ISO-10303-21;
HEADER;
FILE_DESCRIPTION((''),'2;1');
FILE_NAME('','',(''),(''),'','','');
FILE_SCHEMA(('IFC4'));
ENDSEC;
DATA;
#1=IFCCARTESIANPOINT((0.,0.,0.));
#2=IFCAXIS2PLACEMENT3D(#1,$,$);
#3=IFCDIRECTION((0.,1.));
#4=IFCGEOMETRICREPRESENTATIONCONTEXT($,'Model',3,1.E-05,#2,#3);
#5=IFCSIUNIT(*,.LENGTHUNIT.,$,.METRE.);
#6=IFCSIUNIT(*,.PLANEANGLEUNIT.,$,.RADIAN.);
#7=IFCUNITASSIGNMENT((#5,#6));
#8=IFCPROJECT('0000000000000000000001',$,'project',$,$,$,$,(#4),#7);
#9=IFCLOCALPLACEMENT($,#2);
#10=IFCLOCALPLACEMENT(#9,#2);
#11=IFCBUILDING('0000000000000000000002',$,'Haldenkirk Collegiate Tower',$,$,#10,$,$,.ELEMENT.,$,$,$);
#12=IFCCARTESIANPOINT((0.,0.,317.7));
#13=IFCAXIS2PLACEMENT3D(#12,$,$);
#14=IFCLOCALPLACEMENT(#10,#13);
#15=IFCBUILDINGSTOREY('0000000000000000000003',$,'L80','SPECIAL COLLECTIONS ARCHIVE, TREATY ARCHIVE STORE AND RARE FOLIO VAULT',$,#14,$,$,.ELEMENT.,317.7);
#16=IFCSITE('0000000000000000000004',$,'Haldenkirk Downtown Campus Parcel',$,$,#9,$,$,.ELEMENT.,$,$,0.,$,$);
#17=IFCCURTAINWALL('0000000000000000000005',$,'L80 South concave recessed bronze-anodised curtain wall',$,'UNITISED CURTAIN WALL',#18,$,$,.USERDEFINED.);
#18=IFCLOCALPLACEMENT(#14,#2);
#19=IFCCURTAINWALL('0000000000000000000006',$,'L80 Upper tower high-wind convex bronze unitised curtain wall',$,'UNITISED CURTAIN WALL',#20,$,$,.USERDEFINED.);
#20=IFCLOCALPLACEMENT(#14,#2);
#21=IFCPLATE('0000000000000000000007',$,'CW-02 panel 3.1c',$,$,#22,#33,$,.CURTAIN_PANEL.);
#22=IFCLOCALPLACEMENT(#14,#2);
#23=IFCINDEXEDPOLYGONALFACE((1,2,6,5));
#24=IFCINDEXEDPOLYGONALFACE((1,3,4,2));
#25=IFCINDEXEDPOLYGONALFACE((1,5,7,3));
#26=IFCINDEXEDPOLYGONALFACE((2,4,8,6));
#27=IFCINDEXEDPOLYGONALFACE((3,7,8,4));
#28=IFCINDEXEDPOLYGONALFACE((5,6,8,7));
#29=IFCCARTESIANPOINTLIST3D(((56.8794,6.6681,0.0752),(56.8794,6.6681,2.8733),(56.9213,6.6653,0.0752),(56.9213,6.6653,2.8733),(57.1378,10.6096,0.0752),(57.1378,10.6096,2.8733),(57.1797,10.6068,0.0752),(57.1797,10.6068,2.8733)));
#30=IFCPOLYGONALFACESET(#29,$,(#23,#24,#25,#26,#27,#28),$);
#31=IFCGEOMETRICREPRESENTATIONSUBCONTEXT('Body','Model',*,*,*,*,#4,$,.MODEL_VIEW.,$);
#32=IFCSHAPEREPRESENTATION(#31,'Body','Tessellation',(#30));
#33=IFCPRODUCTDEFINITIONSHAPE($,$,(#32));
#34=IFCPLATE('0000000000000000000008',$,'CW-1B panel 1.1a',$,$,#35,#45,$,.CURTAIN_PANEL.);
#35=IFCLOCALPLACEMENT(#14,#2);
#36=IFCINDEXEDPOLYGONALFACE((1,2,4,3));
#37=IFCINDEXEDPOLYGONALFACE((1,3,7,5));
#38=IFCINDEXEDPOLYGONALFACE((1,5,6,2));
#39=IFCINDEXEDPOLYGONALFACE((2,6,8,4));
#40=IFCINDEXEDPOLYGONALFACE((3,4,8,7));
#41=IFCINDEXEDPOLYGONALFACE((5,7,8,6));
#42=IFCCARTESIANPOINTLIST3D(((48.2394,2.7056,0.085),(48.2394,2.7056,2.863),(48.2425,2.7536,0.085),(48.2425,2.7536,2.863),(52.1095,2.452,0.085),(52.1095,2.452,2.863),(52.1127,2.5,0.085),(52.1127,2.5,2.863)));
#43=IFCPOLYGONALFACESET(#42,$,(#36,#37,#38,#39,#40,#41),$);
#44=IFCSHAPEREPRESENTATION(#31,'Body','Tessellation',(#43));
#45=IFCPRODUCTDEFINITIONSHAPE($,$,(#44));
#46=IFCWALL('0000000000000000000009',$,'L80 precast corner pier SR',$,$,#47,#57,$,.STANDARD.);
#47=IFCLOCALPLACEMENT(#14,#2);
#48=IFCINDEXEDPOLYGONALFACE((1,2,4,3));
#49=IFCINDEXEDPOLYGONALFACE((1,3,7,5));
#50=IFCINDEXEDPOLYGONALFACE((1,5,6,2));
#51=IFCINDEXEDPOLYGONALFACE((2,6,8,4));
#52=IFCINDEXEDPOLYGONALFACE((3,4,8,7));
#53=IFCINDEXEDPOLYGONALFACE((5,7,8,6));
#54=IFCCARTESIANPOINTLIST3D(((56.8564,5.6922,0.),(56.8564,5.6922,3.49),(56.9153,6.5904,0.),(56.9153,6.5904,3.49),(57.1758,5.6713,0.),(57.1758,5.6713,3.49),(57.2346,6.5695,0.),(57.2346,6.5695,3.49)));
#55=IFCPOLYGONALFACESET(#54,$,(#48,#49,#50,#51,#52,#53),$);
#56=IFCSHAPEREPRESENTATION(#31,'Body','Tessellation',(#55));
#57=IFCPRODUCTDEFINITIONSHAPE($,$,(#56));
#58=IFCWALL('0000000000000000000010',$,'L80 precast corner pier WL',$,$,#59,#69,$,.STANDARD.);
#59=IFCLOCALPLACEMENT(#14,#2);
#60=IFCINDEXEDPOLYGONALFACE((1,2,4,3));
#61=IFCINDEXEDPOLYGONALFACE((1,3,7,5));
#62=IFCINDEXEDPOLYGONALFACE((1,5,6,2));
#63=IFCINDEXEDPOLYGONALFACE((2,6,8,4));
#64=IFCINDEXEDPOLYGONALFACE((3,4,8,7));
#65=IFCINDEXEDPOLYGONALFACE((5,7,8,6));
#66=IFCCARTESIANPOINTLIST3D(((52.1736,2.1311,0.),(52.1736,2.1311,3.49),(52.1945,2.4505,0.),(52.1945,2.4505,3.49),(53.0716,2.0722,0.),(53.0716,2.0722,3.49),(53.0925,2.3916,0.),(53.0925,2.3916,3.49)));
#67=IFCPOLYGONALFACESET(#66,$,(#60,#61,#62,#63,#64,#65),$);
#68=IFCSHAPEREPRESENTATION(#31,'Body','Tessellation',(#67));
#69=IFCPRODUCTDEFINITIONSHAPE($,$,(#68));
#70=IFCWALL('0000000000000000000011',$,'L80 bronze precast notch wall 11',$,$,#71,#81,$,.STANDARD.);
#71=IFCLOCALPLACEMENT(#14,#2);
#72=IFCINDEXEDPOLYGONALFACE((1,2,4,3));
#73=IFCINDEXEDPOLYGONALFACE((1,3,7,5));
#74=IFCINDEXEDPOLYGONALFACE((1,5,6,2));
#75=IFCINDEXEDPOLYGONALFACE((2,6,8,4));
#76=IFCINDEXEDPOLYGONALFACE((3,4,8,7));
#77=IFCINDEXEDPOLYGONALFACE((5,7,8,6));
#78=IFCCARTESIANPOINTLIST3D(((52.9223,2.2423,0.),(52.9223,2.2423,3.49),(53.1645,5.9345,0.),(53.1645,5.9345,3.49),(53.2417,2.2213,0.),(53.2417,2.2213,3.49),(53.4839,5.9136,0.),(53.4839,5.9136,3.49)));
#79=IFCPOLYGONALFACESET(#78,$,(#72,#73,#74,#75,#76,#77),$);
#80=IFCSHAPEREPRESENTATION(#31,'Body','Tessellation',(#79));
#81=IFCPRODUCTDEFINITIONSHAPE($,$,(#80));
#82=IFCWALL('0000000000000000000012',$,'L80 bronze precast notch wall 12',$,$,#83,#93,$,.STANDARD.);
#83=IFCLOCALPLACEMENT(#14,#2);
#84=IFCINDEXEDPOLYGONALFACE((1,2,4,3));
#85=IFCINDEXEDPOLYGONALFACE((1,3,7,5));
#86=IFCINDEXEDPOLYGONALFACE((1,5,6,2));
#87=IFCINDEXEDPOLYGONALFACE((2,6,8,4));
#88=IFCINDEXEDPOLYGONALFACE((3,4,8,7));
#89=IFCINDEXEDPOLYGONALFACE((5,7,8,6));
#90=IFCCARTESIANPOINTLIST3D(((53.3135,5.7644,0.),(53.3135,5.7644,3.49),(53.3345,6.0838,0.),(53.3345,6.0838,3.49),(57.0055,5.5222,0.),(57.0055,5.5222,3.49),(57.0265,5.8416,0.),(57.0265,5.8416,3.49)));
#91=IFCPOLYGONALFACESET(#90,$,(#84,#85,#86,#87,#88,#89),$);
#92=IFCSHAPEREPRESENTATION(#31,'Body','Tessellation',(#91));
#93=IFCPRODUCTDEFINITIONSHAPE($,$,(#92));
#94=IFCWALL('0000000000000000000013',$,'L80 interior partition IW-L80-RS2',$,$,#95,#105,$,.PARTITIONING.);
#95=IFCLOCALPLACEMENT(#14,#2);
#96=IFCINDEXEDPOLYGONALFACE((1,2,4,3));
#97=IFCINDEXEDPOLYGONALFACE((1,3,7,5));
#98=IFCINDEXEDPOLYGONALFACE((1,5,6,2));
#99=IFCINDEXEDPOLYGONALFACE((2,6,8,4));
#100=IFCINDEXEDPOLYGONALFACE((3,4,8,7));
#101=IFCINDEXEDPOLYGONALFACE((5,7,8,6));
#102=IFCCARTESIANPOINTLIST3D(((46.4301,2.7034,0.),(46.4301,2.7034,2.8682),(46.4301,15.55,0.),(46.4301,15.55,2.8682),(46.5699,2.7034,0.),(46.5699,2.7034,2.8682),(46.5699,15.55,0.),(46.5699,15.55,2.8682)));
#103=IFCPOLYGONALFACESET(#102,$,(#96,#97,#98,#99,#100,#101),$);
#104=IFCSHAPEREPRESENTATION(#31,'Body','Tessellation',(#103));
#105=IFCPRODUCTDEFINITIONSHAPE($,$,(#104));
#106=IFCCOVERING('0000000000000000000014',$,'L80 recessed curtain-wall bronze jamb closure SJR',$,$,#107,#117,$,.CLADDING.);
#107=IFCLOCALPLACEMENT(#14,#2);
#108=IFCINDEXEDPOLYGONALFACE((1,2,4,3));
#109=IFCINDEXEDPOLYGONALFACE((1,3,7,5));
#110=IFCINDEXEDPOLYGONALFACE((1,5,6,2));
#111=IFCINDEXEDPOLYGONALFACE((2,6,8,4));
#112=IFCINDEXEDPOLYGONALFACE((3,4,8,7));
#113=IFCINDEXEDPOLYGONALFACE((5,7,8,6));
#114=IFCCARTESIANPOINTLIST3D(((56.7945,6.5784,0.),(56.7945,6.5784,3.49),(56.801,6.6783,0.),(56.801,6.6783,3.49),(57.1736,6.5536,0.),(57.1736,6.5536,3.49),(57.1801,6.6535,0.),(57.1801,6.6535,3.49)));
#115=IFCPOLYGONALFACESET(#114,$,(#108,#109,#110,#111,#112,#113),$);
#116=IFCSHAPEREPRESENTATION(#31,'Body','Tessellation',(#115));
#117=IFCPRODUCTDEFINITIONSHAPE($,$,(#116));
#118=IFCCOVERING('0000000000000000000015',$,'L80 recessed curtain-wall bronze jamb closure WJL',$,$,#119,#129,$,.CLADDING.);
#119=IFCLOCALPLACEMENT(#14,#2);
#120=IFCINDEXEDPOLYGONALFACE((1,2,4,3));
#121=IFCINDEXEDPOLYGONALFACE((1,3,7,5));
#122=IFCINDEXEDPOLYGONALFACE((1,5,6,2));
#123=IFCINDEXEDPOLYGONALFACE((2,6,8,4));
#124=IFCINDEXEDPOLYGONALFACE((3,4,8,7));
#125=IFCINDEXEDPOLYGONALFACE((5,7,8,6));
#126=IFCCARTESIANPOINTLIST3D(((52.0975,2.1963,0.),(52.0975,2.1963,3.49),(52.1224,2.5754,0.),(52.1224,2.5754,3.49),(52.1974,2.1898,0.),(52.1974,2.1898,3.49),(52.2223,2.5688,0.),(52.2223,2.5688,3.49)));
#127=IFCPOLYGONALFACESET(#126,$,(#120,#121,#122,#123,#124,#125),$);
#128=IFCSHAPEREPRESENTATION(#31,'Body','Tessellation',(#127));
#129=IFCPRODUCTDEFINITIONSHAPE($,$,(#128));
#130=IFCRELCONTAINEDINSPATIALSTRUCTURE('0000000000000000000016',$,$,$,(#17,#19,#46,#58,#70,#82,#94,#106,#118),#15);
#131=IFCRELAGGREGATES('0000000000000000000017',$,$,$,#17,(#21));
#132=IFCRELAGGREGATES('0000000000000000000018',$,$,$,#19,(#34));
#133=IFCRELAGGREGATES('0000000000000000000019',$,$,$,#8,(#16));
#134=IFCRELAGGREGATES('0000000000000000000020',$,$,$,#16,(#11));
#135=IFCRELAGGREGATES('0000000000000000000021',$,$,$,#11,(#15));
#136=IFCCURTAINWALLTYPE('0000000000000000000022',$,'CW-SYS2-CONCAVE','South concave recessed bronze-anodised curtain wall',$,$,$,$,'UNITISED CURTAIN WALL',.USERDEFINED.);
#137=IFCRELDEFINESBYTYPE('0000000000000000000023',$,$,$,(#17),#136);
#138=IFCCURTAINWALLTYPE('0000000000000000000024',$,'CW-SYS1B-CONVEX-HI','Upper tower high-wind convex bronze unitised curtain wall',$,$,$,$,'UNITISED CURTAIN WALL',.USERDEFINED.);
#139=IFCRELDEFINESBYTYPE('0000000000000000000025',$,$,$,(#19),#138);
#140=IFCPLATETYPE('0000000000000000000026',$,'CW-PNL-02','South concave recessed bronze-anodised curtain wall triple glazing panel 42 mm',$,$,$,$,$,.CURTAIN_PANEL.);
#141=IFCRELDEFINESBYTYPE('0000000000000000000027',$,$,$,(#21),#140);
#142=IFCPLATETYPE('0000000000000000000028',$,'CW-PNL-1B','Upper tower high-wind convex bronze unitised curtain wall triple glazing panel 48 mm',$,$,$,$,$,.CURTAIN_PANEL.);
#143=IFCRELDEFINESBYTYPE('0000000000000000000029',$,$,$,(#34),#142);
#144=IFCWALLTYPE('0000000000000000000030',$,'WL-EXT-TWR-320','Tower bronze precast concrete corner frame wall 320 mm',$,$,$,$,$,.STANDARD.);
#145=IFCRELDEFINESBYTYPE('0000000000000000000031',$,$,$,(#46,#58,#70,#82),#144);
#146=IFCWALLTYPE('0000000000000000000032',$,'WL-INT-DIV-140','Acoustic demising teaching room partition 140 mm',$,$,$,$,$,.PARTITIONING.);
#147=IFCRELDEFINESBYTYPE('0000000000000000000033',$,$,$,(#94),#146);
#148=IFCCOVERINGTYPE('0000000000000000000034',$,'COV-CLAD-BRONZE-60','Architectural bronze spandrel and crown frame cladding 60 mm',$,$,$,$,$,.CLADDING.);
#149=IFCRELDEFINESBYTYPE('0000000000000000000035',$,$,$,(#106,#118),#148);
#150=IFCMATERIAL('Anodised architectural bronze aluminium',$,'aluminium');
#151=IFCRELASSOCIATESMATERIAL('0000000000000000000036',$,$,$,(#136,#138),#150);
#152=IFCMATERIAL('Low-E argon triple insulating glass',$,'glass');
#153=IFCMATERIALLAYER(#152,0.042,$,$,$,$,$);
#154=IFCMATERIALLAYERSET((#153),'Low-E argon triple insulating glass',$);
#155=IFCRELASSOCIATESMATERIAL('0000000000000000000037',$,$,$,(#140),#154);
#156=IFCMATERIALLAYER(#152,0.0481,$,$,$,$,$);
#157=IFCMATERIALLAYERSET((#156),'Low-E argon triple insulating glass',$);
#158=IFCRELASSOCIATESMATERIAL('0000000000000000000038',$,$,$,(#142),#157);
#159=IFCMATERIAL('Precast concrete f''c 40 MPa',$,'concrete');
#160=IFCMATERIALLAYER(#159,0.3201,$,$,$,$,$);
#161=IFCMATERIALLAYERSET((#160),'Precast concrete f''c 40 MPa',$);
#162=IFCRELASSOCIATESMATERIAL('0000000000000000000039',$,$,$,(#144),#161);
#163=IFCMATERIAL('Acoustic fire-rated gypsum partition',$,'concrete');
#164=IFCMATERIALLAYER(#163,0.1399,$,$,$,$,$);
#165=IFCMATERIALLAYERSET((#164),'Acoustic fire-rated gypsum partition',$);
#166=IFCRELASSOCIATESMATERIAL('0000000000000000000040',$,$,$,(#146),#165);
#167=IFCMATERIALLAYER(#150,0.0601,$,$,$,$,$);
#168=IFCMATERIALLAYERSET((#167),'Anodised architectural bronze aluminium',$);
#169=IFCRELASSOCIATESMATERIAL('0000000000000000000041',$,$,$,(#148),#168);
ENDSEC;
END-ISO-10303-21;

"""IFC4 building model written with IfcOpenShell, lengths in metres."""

from ifc_helpers import new_model, si_unit, direction, frame, frame_2d, origin, origin_2d, place, context, subcontext, project, spatial, rectangle, extrude, source, transform, mapped, material, layer, layer_set, type_object, element, aggregate, save


model = new_model("IFC4")

# Units and contexts
model_context = context("Model", 3, precision=1e-05, world=origin(), true_north=direction((0.0, 1.0)))
body_context = subcontext(model_context, "Body", "Model", "MODEL_VIEW")
ifc_project = project(units=[si_unit("LENGTHUNIT", "METRE"), si_unit("PLANEANGLEUNIT", "RADIAN")], contexts=[model_context])

# Site, building, storey
site_placement = place(None, origin())
site = spatial("IfcSite", under=ifc_project, at=site_placement, Name="Haldenkirk Downtown Campus Parcel", CompositionType="ELEMENT", RefElevation=0.0)
building_placement = place(site_placement, origin())
building = spatial("IfcBuilding", under=site, at=building_placement, Name="Haldenkirk Collegiate Tower", CompositionType="ELEMENT")
storey_placement = place(building_placement, frame((0.0, 0.0, 317.7)))
storey = spatial("IfcBuildingStorey", under=building, at=storey_placement, Name="L80", Description="SPECIAL COLLECTIONS ARCHIVE, TREATY ARCHIVE STORE AND RARE FOLIO VAULT", CompositionType="ELEMENT", Elevation=317.7)

# Curtain wall
ifc_material_1 = material(Name="Anodised architectural bronze aluminium", Category="aluminium")
curtain_wall_type_1 = type_object("IfcCurtainWallType", Name="CW-SYS2-CONCAVE", Description="South concave recessed bronze-anodised curtain wall", ElementType="UNITISED CURTAIN WALL", PredefinedType="USERDEFINED", material=ifc_material_1)
curtain_wall_1_placement = place(storey_placement, origin())
curtain_wall_1 = element("IfcCurtainWall", 1, at=curtain_wall_1_placement, inside=storey, type_object=curtain_wall_type_1, Name="L80 South concave recessed bronze-anodised curtain wall", ObjectType="UNITISED CURTAIN WALL", PredefinedType="USERDEFINED")

# Curtain wall
curtain_wall_type_2 = type_object("IfcCurtainWallType", Name="CW-SYS1B-CONVEX-HI", Description="Upper tower high-wind convex bronze unitised curtain wall", ElementType="UNITISED CURTAIN WALL", PredefinedType="USERDEFINED", material=ifc_material_1)
curtain_wall_2_placement = place(storey_placement, origin())
curtain_wall_2 = element("IfcCurtainWall", 2, at=curtain_wall_2_placement, inside=storey, type_object=curtain_wall_type_2, Name="L80 Upper tower high-wind convex bronze unitised curtain wall", ObjectType="UNITISED CURTAIN WALL", PredefinedType="USERDEFINED")

# Plates
ifc_material_2 = material(Name="Low-E argon triple insulating glass", Category="glass")
ifc_layer_1 = layer(ifc_material_2, 0.042)
ifc_layer_set_1 = layer_set([ifc_layer_1], Name="Low-E argon triple insulating glass")
plate_type_1 = type_object("IfcPlateType", Name="CW-PNL-02", Description="South concave recessed bronze-anodised curtain wall triple glazing panel 42 mm", PredefinedType="CURTAIN_PANEL", material=ifc_layer_set_1)
shared_shape_1 = source(origin(), body_context, "Body", "SweptSolid", [
    extrude(rectangle(XDim=3.95, YDim=0.042, at=origin_2d()), origin(), (0.0, 0.0, 1.0), 2.7981),
])
plate_1_placement = place(storey_placement, frame((57.0295, 8.6375, 0.0752), z_axis=(0.0, 0.0, 1.0), x_axis=(-0.065403, -0.997859, 0.0)))
plate_1 = element("IfcPlate", 3, at=plate_1_placement, type_object=plate_type_1, Name="CW-02 panel 3.1c", PredefinedType="CURTAIN_PANEL", context=body_context, shape_type="MappedRepresentation", body=[
    mapped(shared_shape_1, transform((0.0, 0.0, 0.0), x_axis=(1.0, 0.0, 0.0), y_axis=(0.0, 1.0, 0.0), z_axis=(0.0, 0.0, 1.0), scale=1.0)),
])
aggregate(curtain_wall_1, [plate_1])
ifc_layer_2 = layer(ifc_material_2, 0.0481)
ifc_layer_set_2 = layer_set([ifc_layer_2], Name="Low-E argon triple insulating glass")
plate_type_2 = type_object("IfcPlateType", Name="CW-PNL-1B", Description="Upper tower high-wind convex bronze unitised curtain wall triple glazing panel 48 mm", PredefinedType="CURTAIN_PANEL", material=ifc_layer_set_2)
shared_shape_2 = source(origin(), body_context, "Body", "SweptSolid", [
    extrude(rectangle(XDim=3.8784, YDim=0.0481, at=origin_2d()), origin(), (0.0, 0.0, 1.0), 2.7781),
])
plate_2_placement = place(storey_placement, frame((50.176, 2.6028, 0.085), z_axis=(0.0, 0.0, 1.0), x_axis=(-0.997859, 0.065401, 0.0)))
plate_2 = element("IfcPlate", 4, at=plate_2_placement, type_object=plate_type_2, Name="CW-1B panel 1.1a", PredefinedType="CURTAIN_PANEL", context=body_context, shape_type="MappedRepresentation", body=[
    mapped(shared_shape_2, transform((0.0, 0.0, 0.0), x_axis=(1.0, 0.0, 0.0), y_axis=(0.0, 1.0, 0.0), z_axis=(0.0, 0.0, 1.0), scale=1.0)),
])
aggregate(curtain_wall_2, [plate_2])

# Walls
ifc_material_3 = material(Name="Precast concrete f'c 40 MPa", Category="concrete")
ifc_layer_3 = layer(ifc_material_3, 0.3201)
ifc_layer_set_3 = layer_set([ifc_layer_3], Name="Precast concrete f'c 40 MPa")
wall_type_1 = type_object("IfcWallType", Name="WL-EXT-TWR-320", Description="Tower bronze precast concrete corner frame wall 320 mm", PredefinedType="STANDARD", material=ifc_layer_set_3)
wall_1_placement = place(storey_placement, frame((57.075, 6.5801, 0.0), z_axis=(0.0, 0.0, 1.0), x_axis=(-0.065367, -0.997861, 0.0)))
element("IfcWall", 5, at=wall_1_placement, inside=storey, type_object=wall_type_1, Name="L80 precast corner pier SR", PredefinedType="STANDARD", context=body_context, shape_type="SweptSolid", body=[
    extrude(rectangle(XDim=0.9001, YDim=0.3201, at=frame_2d((0.4502, 0.0))), origin(), (0.0, 0.0, 1.0), 3.49),
])
wall_2_placement = place(storey_placement, frame((53.082, 2.2319, 0.0), z_axis=(0.0, 0.0, 1.0), x_axis=(-0.99786, 0.065385, 0.0)))
element("IfcWall", 6, at=wall_2_placement, inside=storey, type_object=wall_type_1, Name="L80 precast corner pier WL", PredefinedType="STANDARD", context=body_context, shape_type="SweptSolid", body=[
    extrude(rectangle(XDim=0.8999, YDim=0.3201, at=frame_2d((0.45, 0.0))), origin(), (0.0, 0.0, 1.0), 3.49),
])
wall_3_placement = place(storey_placement, frame((53.3242, 5.9241, 0.0), z_axis=(0.0, 0.0, 1.0), x_axis=(-0.065455, -0.997856, 0.0)))
element("IfcWall", 7, at=wall_3_placement, inside=storey, type_object=wall_type_1, Name="L80 bronze precast notch wall 11", PredefinedType="STANDARD", context=body_context, shape_type="SweptSolid", body=[
    extrude(rectangle(XDim=3.7002, YDim=0.3201, at=frame_2d((1.8501, 0.0))), origin(), (0.0, 0.0, 1.0), 3.49),
])
wall_4_placement = place(storey_placement, frame((57.0161, 5.6819, 0.0), z_axis=(0.0, 0.0, 1.0), x_axis=(-0.997855, 0.065459, 0.0)))
element("IfcWall", 8, at=wall_4_placement, inside=storey, type_object=wall_type_1, Name="L80 bronze precast notch wall 12", PredefinedType="STANDARD", context=body_context, shape_type="SweptSolid", body=[
    extrude(rectangle(XDim=3.7, YDim=0.3201, at=frame_2d((1.8501, 0.0))), origin(), (0.0, 0.0, 1.0), 3.49),
])
ifc_material_4 = material(Name="Acoustic fire-rated gypsum partition", Category="concrete")
ifc_layer_4 = layer(ifc_material_4, 0.1399)
ifc_layer_set_4 = layer_set([ifc_layer_4], Name="Acoustic fire-rated gypsum partition")
wall_type_2 = type_object("IfcWallType", Name="WL-INT-DIV-140", Description="Acoustic demising teaching room partition 140 mm", PredefinedType="PARTITIONING", material=ifc_layer_set_4)
wall_5_placement = place(storey_placement, frame((46.5, 2.7034, 0.0), z_axis=(0.0, 0.0, 1.0), x_axis=(0.0, 1.0, 0.0)))
element("IfcWall", 9, at=wall_5_placement, inside=storey, type_object=wall_type_2, Name="L80 interior partition IW-L80-RS2", PredefinedType="PARTITIONING", context=body_context, shape_type="SweptSolid", body=[
    extrude(rectangle(XDim=12.8467, YDim=0.1399, at=frame_2d((6.4233, 0.0))), origin(), (0.0, 0.0, 1.0), 2.8682),
])

# Coverings
ifc_layer_5 = layer(ifc_material_1, 0.0601)
ifc_layer_set_5 = layer_set([ifc_layer_5], Name="Anodised architectural bronze aluminium")
covering_type = type_object("IfcCoveringType", Name="COV-CLAD-BRONZE-60", Description="Architectural bronze spandrel and crown frame cladding 60 mm", PredefinedType="CLADDING", material=ifc_layer_set_5)
shared_shape_3 = source(origin(), body_context, "Body", "SweptSolid", [
    extrude(rectangle(XDim=0.1001, YDim=0.3799, at=origin_2d()), origin(), (0.0, 0.0, 1.0), 3.49),
])
for number, where, z_axis, x_axis, name in (
    (10, (56.9873, 6.616, 0.0), (0.0, 0.0, 1.0), (-0.065403, -0.997859, 0.0), "L80 recessed curtain-wall bronze jamb closure SJR"),
    (11, (52.1599, 2.3826, 0.0), (0.0, 0.0, 1.0), (-0.997859, 0.065403, 0.0), "L80 recessed curtain-wall bronze jamb closure WJL"),
):
    element("IfcCovering", number, at=place(storey_placement, frame(where, z_axis=z_axis, x_axis=x_axis)), inside=storey, type_object=covering_type, Name=name, PredefinedType="CLADDING", context=body_context, shape_type="MappedRepresentation", body=[
        mapped(shared_shape_3, transform((0.0, 0.0, 0.0), x_axis=(1.0, 0.0, 0.0), y_axis=(0.0, 1.0, 0.0), z_axis=(0.0, 0.0, 1.0), scale=1.0)),
    ])

save(model, "model.ifc")
